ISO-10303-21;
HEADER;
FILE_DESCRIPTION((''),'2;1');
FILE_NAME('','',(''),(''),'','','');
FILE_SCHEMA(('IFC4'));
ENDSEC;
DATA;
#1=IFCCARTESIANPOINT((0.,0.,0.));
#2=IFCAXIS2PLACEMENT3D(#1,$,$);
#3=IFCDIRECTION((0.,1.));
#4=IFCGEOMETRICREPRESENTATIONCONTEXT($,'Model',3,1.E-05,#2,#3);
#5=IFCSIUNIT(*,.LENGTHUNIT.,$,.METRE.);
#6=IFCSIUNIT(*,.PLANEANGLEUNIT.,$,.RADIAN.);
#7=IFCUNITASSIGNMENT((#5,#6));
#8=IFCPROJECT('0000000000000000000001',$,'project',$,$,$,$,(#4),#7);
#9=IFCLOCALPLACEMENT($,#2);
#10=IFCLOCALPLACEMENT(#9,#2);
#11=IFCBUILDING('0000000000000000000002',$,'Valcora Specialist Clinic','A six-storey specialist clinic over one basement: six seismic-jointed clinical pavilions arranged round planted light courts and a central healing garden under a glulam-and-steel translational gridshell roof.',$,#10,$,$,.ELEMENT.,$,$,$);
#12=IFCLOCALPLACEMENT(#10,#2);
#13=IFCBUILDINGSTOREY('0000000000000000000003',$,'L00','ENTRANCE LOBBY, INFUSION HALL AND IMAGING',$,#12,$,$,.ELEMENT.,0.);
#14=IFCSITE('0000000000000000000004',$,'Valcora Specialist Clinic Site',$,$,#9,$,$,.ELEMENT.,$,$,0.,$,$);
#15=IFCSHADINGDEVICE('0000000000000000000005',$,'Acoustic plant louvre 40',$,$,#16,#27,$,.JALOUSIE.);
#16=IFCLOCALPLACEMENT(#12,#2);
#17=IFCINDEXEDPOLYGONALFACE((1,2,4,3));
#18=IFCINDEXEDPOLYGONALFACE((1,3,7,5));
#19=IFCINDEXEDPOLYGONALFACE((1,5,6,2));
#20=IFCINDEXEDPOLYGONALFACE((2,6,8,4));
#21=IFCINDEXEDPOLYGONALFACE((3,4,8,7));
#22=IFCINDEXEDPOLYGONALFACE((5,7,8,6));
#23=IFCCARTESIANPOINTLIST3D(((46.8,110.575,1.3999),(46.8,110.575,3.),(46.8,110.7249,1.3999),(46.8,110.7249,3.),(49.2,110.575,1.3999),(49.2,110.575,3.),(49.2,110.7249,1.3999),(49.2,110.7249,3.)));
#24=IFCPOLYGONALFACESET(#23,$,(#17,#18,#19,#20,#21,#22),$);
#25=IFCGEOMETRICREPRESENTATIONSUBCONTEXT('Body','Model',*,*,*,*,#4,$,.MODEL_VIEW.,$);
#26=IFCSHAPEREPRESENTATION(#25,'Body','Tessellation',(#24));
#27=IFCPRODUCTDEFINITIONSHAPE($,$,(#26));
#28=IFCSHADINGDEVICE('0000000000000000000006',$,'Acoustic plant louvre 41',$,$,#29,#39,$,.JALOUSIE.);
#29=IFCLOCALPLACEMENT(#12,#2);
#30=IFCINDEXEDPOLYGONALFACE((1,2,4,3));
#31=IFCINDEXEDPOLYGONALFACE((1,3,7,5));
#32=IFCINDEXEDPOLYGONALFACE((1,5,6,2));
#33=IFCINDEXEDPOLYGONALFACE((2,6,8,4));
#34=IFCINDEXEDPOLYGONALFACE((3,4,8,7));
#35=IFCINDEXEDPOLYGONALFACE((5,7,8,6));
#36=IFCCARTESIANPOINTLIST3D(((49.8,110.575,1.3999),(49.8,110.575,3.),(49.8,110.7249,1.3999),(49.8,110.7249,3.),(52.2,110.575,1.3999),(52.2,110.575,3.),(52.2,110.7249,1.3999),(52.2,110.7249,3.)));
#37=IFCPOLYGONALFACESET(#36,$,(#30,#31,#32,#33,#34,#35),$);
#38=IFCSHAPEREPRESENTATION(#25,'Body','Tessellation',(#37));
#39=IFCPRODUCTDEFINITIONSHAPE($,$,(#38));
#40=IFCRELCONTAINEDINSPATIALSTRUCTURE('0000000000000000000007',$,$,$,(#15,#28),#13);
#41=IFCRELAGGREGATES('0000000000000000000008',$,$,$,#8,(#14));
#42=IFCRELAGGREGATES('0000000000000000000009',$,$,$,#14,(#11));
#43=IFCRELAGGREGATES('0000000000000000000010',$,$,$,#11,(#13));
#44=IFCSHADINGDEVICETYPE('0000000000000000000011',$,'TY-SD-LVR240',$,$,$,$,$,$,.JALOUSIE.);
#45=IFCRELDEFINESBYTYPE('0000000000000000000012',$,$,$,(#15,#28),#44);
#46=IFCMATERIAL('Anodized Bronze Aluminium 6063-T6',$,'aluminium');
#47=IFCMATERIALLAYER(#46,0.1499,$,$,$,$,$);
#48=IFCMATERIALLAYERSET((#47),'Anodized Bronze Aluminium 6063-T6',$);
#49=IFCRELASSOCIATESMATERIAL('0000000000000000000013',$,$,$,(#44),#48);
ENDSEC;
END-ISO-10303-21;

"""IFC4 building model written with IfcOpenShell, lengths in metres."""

from ifc_helpers import new_model, si_unit, direction, frame, origin, origin_2d, place, context, subcontext, project, spatial, rectangle, extrude, material, layer, layer_set, type_object, element, save


model = new_model("IFC4")

# Units and contexts
model_context = context("Model", 3, precision=1e-05, world=origin(), true_north=direction((0.0, 1.0)))
body_context = subcontext(model_context, "Body", "Model", "MODEL_VIEW")
ifc_project = project(units=[si_unit("LENGTHUNIT", "METRE"), si_unit("PLANEANGLEUNIT", "RADIAN")], contexts=[model_context])

# Site, building, storey
site_placement = place(None, origin())
site = spatial("IfcSite", under=ifc_project, at=site_placement, Name="Valcora Specialist Clinic Site", CompositionType="ELEMENT", RefElevation=0.0)
building_placement = place(site_placement, origin())
building = spatial("IfcBuilding", under=site, at=building_placement, Name="Valcora Specialist Clinic", Description="A six-storey specialist clinic over one basement: six seismic-jointed clinical pavilions arranged round planted light courts and a central healing garden under a glulam-and-steel translational gridshell roof.", CompositionType="ELEMENT")
storey_placement = place(building_placement, origin())
storey = spatial("IfcBuildingStorey", under=building, at=storey_placement, Name="L00", Description="ENTRANCE LOBBY, INFUSION HALL AND IMAGING", CompositionType="ELEMENT", Elevation=0.0)

# Shared definitions
ifc_material_1 = material(Name="Anodized Bronze Aluminium 6063-T6", Category="aluminium")

# Shading devices
ifc_layer_1 = layer(ifc_material_1, 0.1499)
ifc_layer_set_1 = layer_set([ifc_layer_1], Name="Anodized Bronze Aluminium 6063-T6")
shading_device_type = type_object("IfcShadingDeviceType", Name="TY-SD-LVR240", PredefinedType="JALOUSIE", material=ifc_layer_set_1)
for number, where, z_axis, x_axis, name in (
    (1, (48.0, 110.6499, 1.3999), (0.0, 0.0, 1.0), (1.0, 0.0, 0.0), "Acoustic plant louvre 40"),
    (2, (51.0, 110.6499, 1.3999), (0.0, 0.0, 1.0), (1.0, 0.0, 0.0), "Acoustic plant louvre 41"),
):
    element("IfcShadingDevice", number, at=place(storey_placement, frame(where, z_axis=z_axis, x_axis=x_axis)), inside=storey, type_object=shading_device_type, Name=name, PredefinedType="JALOUSIE", context=body_context, shape_type="SweptSolid", body=[
        extrude(rectangle(XDim=2.3999, YDim=0.1499, at=origin_2d()), origin(), (0.0, 0.0, 1.0), 1.6001),
    ])

save(model, "model.ifc")
